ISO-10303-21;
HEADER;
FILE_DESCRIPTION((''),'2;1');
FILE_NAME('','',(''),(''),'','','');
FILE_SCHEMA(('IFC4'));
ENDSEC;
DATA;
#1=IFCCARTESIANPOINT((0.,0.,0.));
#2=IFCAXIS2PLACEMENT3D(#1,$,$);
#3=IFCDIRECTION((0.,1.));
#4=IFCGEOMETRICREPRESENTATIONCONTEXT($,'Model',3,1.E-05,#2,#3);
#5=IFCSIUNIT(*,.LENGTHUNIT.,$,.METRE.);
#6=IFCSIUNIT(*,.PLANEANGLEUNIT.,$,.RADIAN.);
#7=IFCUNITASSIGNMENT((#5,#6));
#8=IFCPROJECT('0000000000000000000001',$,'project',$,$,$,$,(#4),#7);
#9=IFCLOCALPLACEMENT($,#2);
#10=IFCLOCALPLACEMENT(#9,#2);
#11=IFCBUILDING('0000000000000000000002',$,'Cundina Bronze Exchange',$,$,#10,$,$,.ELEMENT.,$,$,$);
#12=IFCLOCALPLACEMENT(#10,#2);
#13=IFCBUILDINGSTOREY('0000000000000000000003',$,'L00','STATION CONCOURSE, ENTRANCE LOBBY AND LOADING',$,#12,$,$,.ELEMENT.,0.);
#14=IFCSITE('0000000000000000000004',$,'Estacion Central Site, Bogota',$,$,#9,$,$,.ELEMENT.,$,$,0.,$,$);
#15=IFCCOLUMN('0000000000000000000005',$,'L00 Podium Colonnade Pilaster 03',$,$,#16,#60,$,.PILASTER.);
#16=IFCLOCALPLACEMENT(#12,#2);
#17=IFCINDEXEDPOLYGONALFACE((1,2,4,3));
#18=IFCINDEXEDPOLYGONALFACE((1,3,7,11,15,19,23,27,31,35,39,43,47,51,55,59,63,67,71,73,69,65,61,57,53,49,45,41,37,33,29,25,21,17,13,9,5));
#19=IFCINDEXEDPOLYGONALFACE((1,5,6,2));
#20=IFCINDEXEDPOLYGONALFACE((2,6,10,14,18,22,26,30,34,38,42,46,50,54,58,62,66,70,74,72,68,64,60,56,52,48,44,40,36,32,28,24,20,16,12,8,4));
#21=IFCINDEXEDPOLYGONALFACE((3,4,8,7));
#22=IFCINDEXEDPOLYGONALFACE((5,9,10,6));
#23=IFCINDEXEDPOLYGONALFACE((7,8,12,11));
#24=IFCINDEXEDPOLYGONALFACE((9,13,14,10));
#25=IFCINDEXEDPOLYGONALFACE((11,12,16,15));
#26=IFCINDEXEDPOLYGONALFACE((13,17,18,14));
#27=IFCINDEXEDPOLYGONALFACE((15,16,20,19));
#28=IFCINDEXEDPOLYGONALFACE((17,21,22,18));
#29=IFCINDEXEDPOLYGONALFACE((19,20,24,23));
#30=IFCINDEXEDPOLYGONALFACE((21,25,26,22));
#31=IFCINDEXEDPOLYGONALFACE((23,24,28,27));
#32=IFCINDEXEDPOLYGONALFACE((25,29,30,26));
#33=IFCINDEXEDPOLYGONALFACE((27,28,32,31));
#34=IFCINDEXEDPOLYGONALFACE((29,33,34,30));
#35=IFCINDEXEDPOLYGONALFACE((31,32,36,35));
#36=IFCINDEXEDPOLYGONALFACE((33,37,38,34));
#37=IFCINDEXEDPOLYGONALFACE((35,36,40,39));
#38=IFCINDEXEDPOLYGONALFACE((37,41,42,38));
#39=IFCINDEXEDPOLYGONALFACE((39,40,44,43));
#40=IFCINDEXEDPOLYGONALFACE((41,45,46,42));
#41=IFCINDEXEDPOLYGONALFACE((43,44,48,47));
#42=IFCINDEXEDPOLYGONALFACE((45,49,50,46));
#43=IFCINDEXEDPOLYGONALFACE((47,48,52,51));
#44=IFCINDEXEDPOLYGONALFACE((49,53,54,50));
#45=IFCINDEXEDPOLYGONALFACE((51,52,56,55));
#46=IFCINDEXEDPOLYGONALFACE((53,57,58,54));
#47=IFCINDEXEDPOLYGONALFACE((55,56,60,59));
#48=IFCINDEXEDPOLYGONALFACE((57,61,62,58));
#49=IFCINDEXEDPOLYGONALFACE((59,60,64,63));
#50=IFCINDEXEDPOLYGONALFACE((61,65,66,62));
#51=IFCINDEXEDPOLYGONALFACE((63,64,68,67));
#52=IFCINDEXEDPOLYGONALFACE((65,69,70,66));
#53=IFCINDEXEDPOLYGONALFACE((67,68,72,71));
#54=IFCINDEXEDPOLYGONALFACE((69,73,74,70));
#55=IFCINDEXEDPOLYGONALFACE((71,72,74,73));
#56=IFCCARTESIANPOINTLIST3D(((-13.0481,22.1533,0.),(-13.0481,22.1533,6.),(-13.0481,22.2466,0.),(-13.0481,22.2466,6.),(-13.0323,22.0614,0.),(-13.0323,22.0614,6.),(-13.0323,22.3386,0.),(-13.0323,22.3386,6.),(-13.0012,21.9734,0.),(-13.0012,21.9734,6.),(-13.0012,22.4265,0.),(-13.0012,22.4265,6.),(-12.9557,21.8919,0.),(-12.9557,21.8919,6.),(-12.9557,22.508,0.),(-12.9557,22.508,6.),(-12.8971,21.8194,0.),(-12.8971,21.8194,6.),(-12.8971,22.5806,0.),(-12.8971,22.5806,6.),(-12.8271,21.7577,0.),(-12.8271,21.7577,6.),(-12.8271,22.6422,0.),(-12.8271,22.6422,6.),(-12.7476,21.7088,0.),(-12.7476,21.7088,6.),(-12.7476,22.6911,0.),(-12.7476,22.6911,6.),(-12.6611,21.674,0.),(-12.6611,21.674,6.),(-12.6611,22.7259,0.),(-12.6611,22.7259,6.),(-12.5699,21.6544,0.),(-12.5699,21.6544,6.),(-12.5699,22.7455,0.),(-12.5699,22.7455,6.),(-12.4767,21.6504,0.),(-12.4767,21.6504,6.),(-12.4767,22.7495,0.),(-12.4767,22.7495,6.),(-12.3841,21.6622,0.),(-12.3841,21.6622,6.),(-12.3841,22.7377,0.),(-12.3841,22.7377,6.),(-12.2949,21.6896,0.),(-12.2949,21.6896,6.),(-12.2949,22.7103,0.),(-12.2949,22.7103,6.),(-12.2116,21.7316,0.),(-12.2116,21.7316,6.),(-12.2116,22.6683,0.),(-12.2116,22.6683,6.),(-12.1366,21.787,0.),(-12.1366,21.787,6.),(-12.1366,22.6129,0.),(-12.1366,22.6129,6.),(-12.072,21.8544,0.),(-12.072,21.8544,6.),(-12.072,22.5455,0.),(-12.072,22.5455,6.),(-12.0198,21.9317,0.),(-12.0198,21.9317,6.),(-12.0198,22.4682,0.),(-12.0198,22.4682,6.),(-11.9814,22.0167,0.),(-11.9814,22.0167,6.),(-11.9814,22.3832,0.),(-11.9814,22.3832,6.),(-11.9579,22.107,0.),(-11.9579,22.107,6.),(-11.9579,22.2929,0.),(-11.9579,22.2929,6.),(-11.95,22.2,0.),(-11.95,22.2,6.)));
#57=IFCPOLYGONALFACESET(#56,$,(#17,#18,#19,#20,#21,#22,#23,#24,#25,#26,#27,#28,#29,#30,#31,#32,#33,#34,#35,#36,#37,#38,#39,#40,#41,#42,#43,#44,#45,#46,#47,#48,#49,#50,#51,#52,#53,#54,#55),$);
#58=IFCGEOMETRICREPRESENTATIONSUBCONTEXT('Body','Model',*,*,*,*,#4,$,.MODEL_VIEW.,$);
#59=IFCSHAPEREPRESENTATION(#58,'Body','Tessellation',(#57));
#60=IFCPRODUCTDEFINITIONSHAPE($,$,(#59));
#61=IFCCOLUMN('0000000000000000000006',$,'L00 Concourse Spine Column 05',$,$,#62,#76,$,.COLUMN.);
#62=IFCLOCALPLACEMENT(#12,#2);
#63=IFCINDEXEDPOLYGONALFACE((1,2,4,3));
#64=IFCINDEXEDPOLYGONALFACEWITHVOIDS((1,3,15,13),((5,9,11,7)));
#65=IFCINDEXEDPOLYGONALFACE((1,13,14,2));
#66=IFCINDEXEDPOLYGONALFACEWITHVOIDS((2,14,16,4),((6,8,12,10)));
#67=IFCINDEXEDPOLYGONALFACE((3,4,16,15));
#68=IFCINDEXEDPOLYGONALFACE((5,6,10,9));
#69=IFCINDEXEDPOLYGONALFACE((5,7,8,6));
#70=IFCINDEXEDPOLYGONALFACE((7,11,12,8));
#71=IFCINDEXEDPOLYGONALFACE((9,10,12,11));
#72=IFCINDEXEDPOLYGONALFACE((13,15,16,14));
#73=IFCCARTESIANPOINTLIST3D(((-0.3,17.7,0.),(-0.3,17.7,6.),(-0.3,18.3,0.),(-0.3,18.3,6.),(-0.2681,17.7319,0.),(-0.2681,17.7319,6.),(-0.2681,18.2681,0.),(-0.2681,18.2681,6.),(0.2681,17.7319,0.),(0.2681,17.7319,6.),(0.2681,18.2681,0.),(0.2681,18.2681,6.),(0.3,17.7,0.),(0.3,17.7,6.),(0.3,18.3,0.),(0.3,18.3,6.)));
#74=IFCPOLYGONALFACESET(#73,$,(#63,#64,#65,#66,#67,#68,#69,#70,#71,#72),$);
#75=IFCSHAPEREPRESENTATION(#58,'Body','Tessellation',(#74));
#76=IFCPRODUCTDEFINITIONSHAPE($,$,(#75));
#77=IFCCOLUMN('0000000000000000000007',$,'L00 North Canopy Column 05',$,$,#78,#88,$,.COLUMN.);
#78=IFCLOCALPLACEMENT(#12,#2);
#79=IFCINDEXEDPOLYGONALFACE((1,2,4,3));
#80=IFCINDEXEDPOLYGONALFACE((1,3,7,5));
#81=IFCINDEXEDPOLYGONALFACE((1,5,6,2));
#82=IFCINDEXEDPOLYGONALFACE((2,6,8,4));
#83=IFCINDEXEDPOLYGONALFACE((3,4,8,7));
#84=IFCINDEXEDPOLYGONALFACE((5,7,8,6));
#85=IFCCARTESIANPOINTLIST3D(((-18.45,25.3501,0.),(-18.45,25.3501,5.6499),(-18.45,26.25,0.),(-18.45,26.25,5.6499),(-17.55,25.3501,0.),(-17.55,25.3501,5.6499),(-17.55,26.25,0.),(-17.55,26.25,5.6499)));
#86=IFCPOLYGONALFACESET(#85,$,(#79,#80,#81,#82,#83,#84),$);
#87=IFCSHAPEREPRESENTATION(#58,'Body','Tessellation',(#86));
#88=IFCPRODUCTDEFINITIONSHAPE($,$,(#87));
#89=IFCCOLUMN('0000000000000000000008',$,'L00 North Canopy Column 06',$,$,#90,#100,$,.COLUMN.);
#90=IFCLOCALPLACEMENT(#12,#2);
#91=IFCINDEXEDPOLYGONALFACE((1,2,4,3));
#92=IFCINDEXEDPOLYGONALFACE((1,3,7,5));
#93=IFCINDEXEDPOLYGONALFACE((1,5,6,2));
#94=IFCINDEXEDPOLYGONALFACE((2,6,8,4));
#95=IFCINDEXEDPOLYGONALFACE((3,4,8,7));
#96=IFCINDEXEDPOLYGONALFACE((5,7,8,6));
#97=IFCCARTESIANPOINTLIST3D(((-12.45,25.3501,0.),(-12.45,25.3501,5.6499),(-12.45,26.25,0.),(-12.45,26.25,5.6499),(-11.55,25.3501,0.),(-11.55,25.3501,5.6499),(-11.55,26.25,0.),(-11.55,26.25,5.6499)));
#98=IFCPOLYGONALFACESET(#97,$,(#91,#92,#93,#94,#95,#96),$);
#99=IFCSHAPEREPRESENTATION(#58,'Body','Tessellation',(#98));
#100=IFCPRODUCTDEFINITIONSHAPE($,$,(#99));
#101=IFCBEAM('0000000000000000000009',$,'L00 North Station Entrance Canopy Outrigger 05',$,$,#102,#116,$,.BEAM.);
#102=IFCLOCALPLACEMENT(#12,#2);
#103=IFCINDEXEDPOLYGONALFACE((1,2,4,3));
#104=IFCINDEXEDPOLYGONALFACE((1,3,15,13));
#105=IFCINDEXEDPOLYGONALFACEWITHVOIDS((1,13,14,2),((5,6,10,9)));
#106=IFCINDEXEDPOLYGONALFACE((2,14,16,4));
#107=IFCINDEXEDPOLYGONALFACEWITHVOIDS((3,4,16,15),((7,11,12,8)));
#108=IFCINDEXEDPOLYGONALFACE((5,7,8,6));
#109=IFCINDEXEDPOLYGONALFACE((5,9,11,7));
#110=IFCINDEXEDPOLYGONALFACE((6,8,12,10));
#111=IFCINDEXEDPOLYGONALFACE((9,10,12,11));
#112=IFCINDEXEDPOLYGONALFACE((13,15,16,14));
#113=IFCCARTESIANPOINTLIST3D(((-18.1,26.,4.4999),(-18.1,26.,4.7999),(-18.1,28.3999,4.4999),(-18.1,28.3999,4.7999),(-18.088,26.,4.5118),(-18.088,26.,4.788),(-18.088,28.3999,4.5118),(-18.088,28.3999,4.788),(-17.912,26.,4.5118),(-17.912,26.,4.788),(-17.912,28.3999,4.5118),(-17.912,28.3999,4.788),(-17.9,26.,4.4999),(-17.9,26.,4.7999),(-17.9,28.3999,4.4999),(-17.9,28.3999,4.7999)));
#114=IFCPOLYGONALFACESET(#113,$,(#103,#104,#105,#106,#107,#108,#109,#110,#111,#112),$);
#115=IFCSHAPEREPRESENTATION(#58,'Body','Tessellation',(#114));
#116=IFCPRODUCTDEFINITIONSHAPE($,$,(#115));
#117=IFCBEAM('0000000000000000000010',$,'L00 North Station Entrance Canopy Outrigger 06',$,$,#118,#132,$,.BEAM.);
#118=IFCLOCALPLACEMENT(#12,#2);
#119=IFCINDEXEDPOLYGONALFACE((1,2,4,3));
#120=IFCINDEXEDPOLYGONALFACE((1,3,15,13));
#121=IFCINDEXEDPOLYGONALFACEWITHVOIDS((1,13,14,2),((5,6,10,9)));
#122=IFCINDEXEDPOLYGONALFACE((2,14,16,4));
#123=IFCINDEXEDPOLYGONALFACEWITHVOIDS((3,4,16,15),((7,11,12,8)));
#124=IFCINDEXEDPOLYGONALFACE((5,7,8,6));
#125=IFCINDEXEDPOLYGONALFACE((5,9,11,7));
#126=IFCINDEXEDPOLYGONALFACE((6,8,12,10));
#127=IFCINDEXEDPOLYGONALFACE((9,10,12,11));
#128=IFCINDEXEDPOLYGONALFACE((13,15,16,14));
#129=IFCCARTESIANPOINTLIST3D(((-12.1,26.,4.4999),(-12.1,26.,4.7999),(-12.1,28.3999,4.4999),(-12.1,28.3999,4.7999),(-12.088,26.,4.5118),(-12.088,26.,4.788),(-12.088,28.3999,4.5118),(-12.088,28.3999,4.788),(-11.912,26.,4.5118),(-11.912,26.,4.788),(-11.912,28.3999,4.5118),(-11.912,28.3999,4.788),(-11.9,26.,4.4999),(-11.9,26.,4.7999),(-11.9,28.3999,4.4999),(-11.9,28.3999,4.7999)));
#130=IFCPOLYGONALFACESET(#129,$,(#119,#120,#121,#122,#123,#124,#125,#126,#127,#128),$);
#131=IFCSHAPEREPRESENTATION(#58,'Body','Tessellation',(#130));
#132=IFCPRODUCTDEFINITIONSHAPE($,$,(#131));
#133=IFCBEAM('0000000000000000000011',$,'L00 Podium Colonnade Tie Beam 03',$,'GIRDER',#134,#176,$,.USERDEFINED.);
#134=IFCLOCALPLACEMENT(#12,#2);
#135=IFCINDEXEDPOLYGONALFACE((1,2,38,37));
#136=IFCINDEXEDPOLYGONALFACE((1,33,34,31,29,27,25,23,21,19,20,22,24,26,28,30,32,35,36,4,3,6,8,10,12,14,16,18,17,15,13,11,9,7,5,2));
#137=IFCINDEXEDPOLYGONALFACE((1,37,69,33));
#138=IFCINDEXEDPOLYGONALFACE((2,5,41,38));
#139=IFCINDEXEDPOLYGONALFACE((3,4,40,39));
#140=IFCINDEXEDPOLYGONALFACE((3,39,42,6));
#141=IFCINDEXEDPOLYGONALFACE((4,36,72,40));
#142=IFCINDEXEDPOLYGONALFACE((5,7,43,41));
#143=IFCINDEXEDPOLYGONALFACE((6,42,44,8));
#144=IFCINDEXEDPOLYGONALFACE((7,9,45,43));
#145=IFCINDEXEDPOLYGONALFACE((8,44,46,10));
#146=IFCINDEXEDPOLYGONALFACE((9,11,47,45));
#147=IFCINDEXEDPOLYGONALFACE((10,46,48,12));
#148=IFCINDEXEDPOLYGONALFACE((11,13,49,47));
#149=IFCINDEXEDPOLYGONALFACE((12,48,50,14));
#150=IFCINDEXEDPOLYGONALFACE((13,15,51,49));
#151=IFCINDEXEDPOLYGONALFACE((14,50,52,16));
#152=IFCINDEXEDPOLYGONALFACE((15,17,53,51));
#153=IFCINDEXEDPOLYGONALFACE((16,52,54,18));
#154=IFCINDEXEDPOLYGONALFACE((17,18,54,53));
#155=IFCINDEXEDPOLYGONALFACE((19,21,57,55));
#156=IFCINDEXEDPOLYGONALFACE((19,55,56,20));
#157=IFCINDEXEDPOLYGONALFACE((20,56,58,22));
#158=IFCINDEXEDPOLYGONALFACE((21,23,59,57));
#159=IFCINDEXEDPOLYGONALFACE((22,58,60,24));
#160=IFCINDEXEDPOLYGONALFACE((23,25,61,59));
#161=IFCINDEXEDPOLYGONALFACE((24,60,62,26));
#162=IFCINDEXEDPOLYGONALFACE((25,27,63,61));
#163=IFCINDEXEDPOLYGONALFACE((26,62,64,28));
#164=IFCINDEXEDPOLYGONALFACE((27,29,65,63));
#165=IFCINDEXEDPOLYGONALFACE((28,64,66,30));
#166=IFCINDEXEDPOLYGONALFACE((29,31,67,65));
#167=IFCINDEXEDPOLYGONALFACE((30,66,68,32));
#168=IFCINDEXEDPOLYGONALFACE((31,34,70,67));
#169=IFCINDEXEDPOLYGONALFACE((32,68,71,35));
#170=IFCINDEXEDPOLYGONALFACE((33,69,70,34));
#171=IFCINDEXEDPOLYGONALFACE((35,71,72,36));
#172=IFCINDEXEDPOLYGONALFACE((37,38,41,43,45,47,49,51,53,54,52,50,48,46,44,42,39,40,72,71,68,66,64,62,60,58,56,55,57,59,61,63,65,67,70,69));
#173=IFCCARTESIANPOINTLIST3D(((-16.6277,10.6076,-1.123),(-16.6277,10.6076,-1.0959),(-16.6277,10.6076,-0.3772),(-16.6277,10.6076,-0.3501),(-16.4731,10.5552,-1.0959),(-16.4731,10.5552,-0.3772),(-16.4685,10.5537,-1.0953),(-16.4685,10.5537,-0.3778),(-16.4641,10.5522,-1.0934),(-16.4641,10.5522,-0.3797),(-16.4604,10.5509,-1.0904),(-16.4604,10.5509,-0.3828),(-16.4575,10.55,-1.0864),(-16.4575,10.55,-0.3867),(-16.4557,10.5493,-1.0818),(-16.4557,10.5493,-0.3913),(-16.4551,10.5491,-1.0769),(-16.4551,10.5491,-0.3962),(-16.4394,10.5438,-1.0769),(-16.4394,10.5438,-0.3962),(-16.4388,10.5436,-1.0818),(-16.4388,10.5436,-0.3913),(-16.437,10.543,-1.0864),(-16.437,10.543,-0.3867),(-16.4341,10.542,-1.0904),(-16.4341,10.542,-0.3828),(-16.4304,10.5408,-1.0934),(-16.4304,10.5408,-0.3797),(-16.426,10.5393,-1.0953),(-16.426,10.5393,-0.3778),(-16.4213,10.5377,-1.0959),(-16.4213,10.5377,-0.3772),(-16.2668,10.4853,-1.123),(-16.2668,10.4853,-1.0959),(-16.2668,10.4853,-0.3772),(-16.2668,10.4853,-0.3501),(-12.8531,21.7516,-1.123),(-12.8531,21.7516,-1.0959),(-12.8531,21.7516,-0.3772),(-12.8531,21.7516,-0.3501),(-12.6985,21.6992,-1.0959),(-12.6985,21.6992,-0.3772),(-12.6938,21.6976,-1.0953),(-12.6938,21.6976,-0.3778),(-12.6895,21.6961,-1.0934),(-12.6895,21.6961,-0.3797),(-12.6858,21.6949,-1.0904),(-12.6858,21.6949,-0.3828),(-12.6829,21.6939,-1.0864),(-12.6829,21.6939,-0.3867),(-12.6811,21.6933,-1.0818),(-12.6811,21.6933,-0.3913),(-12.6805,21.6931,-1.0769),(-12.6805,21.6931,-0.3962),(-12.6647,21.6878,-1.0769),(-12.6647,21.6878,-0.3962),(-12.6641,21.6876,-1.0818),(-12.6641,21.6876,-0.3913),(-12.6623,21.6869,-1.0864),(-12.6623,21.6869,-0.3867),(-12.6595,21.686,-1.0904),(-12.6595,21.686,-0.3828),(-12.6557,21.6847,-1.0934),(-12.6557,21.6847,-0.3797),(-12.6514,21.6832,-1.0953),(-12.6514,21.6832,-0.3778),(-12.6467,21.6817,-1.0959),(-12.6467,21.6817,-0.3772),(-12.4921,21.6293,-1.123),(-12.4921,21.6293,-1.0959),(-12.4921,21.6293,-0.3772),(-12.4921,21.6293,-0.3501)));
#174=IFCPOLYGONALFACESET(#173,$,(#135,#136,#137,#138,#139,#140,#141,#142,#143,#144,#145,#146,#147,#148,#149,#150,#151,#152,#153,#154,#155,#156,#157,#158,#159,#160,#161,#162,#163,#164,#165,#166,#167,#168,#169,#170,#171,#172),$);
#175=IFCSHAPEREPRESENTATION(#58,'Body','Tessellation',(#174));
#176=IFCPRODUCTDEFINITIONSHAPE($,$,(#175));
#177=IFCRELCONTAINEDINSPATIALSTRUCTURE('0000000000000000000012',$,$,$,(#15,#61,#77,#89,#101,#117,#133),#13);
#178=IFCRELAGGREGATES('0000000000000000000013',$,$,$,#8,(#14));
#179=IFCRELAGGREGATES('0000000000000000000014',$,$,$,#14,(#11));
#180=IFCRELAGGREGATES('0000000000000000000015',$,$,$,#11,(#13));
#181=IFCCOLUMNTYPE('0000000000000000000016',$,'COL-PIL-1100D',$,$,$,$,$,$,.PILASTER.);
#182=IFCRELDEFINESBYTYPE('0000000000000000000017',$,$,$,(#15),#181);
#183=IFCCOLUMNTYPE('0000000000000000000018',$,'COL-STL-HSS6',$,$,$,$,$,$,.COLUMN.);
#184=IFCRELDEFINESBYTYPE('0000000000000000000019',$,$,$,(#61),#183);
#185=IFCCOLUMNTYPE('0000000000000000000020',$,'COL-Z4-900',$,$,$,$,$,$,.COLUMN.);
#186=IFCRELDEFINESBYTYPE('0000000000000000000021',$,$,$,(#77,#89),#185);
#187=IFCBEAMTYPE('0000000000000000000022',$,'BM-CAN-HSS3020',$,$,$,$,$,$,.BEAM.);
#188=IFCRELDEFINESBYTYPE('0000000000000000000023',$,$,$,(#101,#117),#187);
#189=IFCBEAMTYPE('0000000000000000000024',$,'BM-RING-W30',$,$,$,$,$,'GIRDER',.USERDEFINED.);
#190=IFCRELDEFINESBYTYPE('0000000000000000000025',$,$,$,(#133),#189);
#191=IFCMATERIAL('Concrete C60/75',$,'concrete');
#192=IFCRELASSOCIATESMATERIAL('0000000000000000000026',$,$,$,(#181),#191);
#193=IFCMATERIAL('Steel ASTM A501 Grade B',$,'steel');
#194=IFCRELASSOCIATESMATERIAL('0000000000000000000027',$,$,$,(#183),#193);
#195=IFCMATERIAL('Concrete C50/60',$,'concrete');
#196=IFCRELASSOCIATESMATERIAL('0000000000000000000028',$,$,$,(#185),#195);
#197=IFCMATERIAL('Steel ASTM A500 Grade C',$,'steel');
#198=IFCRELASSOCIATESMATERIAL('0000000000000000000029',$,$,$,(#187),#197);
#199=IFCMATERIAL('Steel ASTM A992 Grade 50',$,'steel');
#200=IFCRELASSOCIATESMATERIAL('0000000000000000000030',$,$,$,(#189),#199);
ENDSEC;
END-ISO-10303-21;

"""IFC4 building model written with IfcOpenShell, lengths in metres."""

from ifc_helpers import new_model, si_unit, direction, frame, origin, origin_2d, place, context, subcontext, project, spatial, rectangle, hollow_rectangle, circle, i_section, extrude, material, material_profile, profile_set, type_object, element, save


model = new_model("IFC4")

# Units and contexts
model_context = context("Model", 3, precision=1e-05, world=origin(), true_north=direction((0.0, 1.0)))
body_context = subcontext(model_context, "Body", "Model", "MODEL_VIEW")
ifc_project = project(units=[si_unit("LENGTHUNIT", "METRE"), si_unit("PLANEANGLEUNIT", "RADIAN")], contexts=[model_context])

# Site, building, storey
site_placement = place(None, origin())
site = spatial("IfcSite", under=ifc_project, at=site_placement, Name="Estacion Central Site, Bogota", CompositionType="ELEMENT", RefElevation=0.0)
building_placement = place(site_placement, origin())
building = spatial("IfcBuilding", under=site, at=building_placement, Name="Cundina Bronze Exchange", CompositionType="ELEMENT")
storey_placement = place(building_placement, origin())
storey = spatial("IfcBuildingStorey", under=building, at=storey_placement, Name="L00", Description="STATION CONCOURSE, ENTRANCE LOBBY AND LOADING", CompositionType="ELEMENT", Elevation=0.0)

# Columns
ifc_material_1 = material(Name="Concrete C60/75", Category="concrete")
ifc_material_profile_1 = material_profile(ifc_material_1, circle(Radius=0.55, at=origin_2d()), Name="RC1100D", Category="concrete")
ifc_profile_set_1 = profile_set([ifc_material_profile_1], Name="Concrete C60/75")
column_type_1 = type_object("IfcColumnType", Name="COL-PIL-1100D", PredefinedType="PILASTER", material=ifc_profile_set_1)
column_1_placement = place(storey_placement, frame((-12.5, 22.2, 0.0), z_axis=(0.0, 0.0, 1.0), x_axis=(1.0, 0.0, 0.0)))
element("IfcColumn", 1, at=column_1_placement, inside=storey, type_object=column_type_1, Name="L00 Podium Colonnade Pilaster 03", PredefinedType="PILASTER", context=body_context, shape_type="SweptSolid", body=[
    extrude(circle(Radius=0.55, at=origin_2d()), origin(), (0.0, 0.0, 1.0), 6.0),
])
ifc_material_2 = material(Name="Steel ASTM A501 Grade B", Category="steel")
ifc_material_profile_2 = material_profile(ifc_material_2, hollow_rectangle(XDim=0.6001, YDim=0.6001, WallThickness=0.032, at=origin_2d()), Name="HSS600X600X32", Category="steel")
ifc_profile_set_2 = profile_set([ifc_material_profile_2], Name="Steel ASTM A501 Grade B")
column_type_2 = type_object("IfcColumnType", Name="COL-STL-HSS6", PredefinedType="COLUMN", material=ifc_profile_set_2)
column_2_placement = place(storey_placement, frame((0.0, 18.0, 0.0), z_axis=(0.0, 0.0, 1.0), x_axis=(1.0, 0.0, 0.0)))
element("IfcColumn", 2, at=column_2_placement, inside=storey, type_object=column_type_2, Name="L00 Concourse Spine Column 05", PredefinedType="COLUMN", context=body_context, shape_type="SweptSolid", body=[
    extrude(hollow_rectangle(XDim=0.6001, YDim=0.6001, WallThickness=0.032, at=origin_2d()), origin(), (0.0, 0.0, 1.0), 6.0),
])
ifc_material_3 = material(Name="Concrete C50/60", Category="concrete")
ifc_material_profile_3 = material_profile(ifc_material_3, rectangle(XDim=0.8999, YDim=0.8999, at=origin_2d()), Name="RC900X900", Category="concrete")
ifc_profile_set_3 = profile_set([ifc_material_profile_3], Name="Concrete C50/60")
column_type_3 = type_object("IfcColumnType", Name="COL-Z4-900", PredefinedType="COLUMN", material=ifc_profile_set_3)
for number, where, z_axis, x_axis, name in (
    (3, (-18.0, 25.8, 0.0), (0.0, 0.0, 1.0), (1.0, 0.0, 0.0), "L00 North Canopy Column 05"),
    (4, (-12.0, 25.8, 0.0), (0.0, 0.0, 1.0), (1.0, 0.0, 0.0), "L00 North Canopy Column 06"),
):
    element("IfcColumn", number, at=place(storey_placement, frame(where, z_axis=z_axis, x_axis=x_axis)), inside=storey, type_object=column_type_3, Name=name, PredefinedType="COLUMN", context=body_context, shape_type="SweptSolid", body=[
        extrude(rectangle(XDim=0.8999, YDim=0.8999, at=origin_2d()), origin(), (0.0, 0.0, 1.0), 5.6499),
    ])

# Beams
ifc_material_4 = material(Name="Steel ASTM A500 Grade C", Category="steel")
ifc_material_profile_4 = material_profile(ifc_material_4, hollow_rectangle(XDim=0.2, YDim=0.3, WallThickness=0.012, at=origin_2d()), Name="HSS300X200X12", Category="steel")
ifc_profile_set_4 = profile_set([ifc_material_profile_4], Name="Steel ASTM A500 Grade C")
beam_type_1 = type_object("IfcBeamType", Name="BM-CAN-HSS3020", PredefinedType="BEAM", material=ifc_profile_set_4)
for number, where, z_axis, x_axis, name in (
    (5, (-18.0, 26.0, 4.6499), (0.0, 1.0, 0.0), (-1.0, 0.0, 0.0), "L00 North Station Entrance Canopy Outrigger 05"),
    (6, (-12.0, 26.0, 4.6499), (0.0, 1.0, 0.0), (-1.0, 0.0, 0.0), "L00 North Station Entrance Canopy Outrigger 06"),
):
    element("IfcBeam", number, at=place(storey_placement, frame(where, z_axis=z_axis, x_axis=x_axis)), inside=storey, type_object=beam_type_1, Name=name, PredefinedType="BEAM", context=body_context, shape_type="SweptSolid", body=[
        extrude(hollow_rectangle(XDim=0.2, YDim=0.3, WallThickness=0.012, at=origin_2d()), origin(), (0.0, 0.0, 1.0), 2.3999),
    ])
ifc_material_5 = material(Name="Steel ASTM A992 Grade 50", Category="steel")
ifc_material_profile_5 = material_profile(ifc_material_5, i_section(OverallWidth=0.3811, OverallDepth=0.7729, WebThickness=0.0166, FlangeThickness=0.0271, FilletRadius=0.019, at=origin_2d()), Name="W30X173", Category="steel")
ifc_profile_set_5 = profile_set([ifc_material_profile_5], Name="Steel ASTM A992 Grade 50")
beam_type_2 = type_object("IfcBeamType", Name="BM-RING-W30", ElementType="GIRDER", PredefinedType="USERDEFINED", material=ifc_profile_set_5)
beam_placement = place(storey_placement, frame((-12.6726, 21.6904, -0.7366), z_axis=(-0.320812, -0.947143, 0.0), x_axis=(0.947143, -0.320812, 0.0)))
element("IfcBeam", 7, at=beam_placement, inside=storey, type_object=beam_type_2, Name="L00 Podium Colonnade Tie Beam 03", ObjectType="GIRDER", PredefinedType="USERDEFINED", context=body_context, shape_type="SweptSolid", body=[
    extrude(i_section(OverallWidth=0.3811, OverallDepth=0.7729, WebThickness=0.0166, FlangeThickness=0.0271, FilletRadius=0.019, at=origin_2d()), origin(), (0.0, 0.0, 1.0), 11.7659),
])

save(model, "model.ifc")
